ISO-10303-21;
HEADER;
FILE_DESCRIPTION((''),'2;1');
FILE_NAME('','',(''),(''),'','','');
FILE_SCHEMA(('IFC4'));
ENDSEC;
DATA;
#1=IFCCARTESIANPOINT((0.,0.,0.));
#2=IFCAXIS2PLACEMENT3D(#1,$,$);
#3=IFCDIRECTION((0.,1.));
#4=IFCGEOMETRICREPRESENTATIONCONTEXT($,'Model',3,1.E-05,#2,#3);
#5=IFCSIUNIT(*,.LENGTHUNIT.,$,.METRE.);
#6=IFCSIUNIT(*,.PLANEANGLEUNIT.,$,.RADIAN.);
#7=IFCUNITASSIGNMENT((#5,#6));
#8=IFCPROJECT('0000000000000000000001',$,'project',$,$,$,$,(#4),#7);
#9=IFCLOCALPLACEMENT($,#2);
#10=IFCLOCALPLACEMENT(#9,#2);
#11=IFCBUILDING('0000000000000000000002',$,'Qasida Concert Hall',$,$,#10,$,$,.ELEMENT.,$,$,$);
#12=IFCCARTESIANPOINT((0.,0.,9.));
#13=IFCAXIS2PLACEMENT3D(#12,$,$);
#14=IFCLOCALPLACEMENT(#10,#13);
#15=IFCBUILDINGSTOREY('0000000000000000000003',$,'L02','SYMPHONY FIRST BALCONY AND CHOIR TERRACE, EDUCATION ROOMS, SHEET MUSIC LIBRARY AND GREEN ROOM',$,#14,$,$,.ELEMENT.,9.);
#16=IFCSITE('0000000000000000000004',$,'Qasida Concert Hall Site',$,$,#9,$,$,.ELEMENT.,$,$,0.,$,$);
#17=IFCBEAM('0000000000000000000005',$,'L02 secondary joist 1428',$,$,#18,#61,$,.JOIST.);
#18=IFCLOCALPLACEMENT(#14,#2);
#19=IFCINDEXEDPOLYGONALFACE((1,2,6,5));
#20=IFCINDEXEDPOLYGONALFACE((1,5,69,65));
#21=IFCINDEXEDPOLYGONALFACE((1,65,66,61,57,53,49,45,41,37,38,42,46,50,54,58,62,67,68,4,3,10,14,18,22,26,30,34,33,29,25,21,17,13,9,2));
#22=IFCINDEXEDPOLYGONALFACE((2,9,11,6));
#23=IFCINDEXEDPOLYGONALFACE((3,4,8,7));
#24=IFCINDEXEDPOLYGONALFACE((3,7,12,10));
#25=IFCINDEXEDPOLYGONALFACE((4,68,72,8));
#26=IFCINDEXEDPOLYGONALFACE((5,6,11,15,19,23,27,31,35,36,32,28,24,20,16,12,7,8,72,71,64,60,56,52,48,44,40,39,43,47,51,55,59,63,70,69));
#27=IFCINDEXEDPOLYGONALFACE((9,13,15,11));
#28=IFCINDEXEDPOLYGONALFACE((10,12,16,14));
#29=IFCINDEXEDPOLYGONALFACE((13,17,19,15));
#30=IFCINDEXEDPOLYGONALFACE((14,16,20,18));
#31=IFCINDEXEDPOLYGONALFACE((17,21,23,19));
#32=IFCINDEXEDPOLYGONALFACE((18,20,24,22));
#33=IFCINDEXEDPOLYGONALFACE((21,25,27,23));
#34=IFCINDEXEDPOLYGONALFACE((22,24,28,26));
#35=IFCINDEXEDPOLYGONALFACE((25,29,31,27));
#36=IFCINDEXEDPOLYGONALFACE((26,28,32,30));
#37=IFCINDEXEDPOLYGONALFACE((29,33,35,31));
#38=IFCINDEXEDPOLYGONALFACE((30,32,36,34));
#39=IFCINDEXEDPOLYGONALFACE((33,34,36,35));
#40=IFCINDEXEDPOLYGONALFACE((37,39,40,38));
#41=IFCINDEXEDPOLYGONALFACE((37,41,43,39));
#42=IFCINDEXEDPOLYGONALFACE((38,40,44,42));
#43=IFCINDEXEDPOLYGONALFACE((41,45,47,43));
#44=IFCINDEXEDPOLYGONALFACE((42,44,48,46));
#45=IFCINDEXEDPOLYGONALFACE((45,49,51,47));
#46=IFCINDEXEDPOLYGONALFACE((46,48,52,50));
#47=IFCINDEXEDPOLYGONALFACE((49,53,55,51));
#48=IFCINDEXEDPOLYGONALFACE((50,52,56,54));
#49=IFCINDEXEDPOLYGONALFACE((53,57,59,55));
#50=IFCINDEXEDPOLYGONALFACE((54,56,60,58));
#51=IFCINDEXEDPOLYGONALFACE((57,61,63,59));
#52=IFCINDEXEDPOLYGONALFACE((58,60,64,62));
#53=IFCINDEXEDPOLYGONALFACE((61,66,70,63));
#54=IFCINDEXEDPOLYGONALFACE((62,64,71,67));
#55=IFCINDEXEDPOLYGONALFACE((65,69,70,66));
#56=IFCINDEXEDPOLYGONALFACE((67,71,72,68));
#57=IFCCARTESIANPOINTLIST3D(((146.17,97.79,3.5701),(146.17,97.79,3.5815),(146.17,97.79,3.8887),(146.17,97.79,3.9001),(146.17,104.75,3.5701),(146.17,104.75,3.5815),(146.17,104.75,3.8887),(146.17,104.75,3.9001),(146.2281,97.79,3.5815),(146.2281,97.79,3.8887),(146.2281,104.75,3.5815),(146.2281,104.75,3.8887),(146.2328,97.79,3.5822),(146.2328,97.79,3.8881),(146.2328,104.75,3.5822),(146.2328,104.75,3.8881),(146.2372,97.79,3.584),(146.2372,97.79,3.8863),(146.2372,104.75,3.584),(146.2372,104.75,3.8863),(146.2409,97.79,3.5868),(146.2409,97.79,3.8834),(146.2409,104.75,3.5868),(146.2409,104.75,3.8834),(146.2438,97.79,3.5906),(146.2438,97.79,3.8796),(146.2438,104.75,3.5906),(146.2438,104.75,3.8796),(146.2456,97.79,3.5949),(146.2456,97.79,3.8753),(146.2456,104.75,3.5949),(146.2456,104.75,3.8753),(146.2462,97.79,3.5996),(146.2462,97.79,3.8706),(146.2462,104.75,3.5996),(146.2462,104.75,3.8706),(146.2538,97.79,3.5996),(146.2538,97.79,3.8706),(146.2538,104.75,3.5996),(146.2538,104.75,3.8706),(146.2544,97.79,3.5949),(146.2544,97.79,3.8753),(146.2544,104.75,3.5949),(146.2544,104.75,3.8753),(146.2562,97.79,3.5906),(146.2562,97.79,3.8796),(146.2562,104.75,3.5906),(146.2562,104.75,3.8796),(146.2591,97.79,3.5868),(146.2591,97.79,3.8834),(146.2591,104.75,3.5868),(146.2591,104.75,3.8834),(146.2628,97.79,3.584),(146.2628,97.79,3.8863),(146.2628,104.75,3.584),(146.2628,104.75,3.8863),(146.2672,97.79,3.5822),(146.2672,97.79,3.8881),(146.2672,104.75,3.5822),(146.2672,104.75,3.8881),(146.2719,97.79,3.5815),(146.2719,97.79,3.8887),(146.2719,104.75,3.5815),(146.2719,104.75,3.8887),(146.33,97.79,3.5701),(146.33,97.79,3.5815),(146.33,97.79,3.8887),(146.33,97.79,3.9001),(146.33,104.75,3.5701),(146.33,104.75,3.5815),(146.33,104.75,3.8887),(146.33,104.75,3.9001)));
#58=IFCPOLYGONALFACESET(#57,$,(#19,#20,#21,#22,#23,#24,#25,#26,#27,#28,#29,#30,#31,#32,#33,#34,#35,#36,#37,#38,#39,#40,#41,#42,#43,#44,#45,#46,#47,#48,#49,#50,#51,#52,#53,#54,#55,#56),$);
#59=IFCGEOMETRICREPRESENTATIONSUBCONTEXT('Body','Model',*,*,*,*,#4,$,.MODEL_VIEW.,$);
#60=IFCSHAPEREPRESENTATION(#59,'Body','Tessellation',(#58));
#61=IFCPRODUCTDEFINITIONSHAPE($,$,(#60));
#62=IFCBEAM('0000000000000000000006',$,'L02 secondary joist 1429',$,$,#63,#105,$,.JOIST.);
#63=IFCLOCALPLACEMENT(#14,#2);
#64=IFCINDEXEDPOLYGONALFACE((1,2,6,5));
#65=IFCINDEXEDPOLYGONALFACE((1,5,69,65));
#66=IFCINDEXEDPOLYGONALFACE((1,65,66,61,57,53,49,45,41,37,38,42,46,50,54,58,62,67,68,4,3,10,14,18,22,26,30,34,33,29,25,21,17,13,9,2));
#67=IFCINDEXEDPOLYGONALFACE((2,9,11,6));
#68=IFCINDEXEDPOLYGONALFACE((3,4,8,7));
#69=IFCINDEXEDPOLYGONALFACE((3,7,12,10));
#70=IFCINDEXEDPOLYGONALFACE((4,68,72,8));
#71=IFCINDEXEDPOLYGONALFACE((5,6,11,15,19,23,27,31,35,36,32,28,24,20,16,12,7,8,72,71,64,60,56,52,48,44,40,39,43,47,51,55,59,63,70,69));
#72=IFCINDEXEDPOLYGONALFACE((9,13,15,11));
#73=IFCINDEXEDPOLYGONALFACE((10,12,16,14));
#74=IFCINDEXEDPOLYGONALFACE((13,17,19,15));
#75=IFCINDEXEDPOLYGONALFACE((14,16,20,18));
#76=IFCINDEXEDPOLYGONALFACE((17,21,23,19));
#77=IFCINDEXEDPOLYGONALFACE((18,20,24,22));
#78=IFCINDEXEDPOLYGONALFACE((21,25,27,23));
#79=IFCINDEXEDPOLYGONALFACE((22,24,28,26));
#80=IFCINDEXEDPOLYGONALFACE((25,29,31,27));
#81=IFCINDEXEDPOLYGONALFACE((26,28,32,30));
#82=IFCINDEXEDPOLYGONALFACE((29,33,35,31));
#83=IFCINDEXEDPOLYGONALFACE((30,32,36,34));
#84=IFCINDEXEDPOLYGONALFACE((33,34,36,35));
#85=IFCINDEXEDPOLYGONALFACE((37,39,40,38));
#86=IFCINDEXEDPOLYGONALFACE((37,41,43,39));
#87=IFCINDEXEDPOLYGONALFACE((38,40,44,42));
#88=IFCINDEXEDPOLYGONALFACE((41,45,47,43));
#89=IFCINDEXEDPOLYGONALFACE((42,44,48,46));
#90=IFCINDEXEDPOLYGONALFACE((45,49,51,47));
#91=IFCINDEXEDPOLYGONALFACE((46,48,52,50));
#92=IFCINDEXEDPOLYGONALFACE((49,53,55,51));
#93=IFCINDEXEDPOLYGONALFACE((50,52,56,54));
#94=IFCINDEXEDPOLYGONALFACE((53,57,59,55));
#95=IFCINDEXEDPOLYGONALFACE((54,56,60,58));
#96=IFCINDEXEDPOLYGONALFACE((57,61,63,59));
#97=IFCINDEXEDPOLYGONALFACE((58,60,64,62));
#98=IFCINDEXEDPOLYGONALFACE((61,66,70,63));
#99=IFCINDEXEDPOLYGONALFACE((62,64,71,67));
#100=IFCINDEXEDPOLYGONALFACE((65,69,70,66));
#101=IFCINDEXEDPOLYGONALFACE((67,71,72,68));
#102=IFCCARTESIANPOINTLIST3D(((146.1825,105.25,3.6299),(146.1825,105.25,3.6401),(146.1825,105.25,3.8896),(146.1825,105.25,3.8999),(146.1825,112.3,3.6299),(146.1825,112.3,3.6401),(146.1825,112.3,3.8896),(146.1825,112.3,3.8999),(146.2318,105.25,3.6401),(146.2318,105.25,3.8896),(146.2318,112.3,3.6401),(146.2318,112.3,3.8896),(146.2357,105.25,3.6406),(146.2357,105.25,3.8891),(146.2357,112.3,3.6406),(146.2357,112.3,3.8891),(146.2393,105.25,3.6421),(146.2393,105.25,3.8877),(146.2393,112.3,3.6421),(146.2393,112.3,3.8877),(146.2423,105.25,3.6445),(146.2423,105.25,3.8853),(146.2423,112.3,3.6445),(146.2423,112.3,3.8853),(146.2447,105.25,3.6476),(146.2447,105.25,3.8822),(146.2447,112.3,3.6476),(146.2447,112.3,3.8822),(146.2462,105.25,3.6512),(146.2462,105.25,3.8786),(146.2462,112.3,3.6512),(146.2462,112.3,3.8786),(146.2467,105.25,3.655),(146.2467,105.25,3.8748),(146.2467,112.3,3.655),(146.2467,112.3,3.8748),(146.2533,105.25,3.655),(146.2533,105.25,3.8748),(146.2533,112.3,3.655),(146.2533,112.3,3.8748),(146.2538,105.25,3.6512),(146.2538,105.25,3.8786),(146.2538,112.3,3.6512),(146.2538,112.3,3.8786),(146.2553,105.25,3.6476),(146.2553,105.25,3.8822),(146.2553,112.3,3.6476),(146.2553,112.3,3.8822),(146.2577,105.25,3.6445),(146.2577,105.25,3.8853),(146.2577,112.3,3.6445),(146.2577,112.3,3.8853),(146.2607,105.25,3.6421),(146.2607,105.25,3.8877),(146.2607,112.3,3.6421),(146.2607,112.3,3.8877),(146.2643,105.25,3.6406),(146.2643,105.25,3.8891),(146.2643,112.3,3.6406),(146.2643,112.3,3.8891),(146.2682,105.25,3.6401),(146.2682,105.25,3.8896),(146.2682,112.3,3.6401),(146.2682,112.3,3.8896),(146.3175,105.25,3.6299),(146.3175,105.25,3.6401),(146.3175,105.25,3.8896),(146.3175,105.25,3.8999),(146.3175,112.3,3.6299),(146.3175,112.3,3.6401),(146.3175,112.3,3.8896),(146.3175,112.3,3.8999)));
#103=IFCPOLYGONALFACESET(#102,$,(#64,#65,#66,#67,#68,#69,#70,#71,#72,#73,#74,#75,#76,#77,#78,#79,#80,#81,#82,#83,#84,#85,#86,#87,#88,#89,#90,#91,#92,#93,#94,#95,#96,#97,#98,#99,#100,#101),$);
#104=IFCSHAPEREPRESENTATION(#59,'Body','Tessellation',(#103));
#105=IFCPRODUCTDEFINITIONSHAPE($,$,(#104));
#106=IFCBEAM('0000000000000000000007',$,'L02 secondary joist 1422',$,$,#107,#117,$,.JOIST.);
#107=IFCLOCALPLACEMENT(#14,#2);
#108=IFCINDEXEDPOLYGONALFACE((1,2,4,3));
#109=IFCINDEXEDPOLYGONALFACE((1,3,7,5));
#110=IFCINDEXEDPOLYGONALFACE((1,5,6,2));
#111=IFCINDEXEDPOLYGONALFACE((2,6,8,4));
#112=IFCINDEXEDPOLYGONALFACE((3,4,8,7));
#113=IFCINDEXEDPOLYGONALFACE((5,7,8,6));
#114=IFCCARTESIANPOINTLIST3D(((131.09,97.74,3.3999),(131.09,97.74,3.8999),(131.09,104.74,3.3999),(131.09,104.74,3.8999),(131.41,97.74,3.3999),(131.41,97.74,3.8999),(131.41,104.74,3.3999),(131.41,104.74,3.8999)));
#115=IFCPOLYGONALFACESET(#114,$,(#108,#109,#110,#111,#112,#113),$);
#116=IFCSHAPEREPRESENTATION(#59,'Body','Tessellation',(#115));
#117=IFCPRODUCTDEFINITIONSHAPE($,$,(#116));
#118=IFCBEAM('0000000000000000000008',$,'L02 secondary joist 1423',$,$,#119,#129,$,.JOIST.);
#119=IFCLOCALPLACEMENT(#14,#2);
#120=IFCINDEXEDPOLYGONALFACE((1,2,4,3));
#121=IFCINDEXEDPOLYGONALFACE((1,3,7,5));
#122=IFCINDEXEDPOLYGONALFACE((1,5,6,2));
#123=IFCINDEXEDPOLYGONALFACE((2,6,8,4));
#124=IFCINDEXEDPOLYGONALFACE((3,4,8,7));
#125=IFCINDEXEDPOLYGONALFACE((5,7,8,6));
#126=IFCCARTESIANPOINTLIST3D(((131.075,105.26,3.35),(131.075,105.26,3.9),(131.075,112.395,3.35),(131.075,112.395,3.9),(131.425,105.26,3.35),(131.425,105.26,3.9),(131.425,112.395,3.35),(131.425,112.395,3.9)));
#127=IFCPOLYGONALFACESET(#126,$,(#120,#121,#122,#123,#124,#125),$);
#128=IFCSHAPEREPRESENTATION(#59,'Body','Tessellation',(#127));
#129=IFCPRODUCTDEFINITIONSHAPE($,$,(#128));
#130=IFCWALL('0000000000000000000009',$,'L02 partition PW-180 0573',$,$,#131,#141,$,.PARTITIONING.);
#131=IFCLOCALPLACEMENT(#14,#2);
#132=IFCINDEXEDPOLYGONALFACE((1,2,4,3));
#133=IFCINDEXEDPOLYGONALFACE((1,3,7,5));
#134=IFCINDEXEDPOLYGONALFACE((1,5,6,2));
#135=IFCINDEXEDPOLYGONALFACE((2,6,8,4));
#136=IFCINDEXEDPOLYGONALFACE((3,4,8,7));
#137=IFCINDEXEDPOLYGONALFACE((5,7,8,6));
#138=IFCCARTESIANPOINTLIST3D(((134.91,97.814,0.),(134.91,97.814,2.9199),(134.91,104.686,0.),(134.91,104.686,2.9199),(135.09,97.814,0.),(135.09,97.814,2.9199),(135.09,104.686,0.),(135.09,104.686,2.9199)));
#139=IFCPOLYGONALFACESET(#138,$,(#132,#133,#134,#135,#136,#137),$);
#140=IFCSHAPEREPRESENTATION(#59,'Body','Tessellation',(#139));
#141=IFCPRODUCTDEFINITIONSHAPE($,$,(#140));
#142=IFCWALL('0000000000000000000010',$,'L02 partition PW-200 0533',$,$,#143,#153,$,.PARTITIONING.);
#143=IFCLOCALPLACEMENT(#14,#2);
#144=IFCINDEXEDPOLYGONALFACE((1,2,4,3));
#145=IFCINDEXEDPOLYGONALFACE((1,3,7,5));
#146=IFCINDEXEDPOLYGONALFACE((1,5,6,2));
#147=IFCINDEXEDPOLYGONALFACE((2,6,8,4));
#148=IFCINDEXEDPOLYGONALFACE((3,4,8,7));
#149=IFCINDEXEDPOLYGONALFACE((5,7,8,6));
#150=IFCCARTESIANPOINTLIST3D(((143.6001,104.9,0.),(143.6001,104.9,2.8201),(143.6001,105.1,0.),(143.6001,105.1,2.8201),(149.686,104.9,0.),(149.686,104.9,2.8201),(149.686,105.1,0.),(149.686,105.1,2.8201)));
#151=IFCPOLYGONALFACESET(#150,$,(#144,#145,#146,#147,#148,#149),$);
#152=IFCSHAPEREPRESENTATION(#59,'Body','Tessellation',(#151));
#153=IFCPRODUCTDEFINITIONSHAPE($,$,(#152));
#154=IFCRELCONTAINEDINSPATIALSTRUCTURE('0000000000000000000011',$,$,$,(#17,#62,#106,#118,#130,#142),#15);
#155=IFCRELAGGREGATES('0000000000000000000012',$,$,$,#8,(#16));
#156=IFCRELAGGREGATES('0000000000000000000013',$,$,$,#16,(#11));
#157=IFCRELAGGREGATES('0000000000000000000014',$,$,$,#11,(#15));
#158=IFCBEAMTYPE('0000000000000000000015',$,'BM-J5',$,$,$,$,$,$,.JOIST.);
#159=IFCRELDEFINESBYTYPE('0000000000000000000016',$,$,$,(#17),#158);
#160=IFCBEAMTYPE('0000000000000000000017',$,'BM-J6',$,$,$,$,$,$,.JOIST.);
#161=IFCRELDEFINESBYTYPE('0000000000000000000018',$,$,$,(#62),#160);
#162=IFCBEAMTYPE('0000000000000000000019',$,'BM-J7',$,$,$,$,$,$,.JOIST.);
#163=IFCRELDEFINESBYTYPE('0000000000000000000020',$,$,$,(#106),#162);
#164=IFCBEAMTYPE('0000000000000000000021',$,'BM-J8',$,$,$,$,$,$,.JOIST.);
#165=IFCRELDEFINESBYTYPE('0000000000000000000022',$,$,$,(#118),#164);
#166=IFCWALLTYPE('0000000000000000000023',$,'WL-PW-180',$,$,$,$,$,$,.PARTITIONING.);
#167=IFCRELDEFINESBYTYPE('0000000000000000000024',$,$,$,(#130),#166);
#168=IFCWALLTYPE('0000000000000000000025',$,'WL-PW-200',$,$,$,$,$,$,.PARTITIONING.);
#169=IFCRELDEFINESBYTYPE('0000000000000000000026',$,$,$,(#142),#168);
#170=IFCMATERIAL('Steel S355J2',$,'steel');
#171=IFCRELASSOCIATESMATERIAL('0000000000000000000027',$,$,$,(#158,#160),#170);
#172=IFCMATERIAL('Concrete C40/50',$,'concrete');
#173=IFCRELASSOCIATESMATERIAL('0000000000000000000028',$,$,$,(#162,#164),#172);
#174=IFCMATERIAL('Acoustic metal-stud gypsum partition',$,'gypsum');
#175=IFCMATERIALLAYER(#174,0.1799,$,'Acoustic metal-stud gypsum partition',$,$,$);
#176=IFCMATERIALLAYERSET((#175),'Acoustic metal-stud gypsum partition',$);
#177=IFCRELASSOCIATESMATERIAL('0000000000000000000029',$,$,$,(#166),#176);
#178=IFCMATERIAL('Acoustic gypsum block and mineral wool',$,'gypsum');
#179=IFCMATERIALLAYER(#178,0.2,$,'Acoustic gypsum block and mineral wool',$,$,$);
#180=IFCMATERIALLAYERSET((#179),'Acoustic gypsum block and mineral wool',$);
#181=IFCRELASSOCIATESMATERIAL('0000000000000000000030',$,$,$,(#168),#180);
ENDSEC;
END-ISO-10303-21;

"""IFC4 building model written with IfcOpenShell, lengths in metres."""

from ifc_helpers import new_model, si_unit, direction, frame, frame_2d, origin, origin_2d, place, context, subcontext, project, spatial, rectangle, i_section, extrude, material, layer, layer_set, material_profile, profile_set, type_object, element, save


model = new_model("IFC4")

# Units and contexts
model_context = context("Model", 3, precision=1e-05, world=origin(), true_north=direction((0.0, 1.0)))
body_context = subcontext(model_context, "Body", "Model", "MODEL_VIEW")
ifc_project = project(units=[si_unit("LENGTHUNIT", "METRE"), si_unit("PLANEANGLEUNIT", "RADIAN")], contexts=[model_context])

# Site, building, storey
site_placement = place(None, origin())
site = spatial("IfcSite", under=ifc_project, at=site_placement, Name="Qasida Concert Hall Site", CompositionType="ELEMENT", RefElevation=0.0)
building_placement = place(site_placement, origin())
building = spatial("IfcBuilding", under=site, at=building_placement, Name="Qasida Concert Hall", CompositionType="ELEMENT")
storey_placement = place(building_placement, frame((0.0, 0.0, 9.0)))
storey = spatial("IfcBuildingStorey", under=building, at=storey_placement, Name="L02", Description="SYMPHONY FIRST BALCONY AND CHOIR TERRACE, EDUCATION ROOMS, SHEET MUSIC LIBRARY AND GREEN ROOM", CompositionType="ELEMENT", Elevation=9.0)

# Beams
ifc_material_1 = material(Name="Concrete C40/50", Category="concrete")
ifc_material_2 = material(Name="Steel S355J2", Category="steel")
ifc_material_profile_1 = material_profile(ifc_material_2, i_section(OverallWidth=0.1599, OverallDepth=0.3301, WebThickness=0.0076, FlangeThickness=0.0115, FilletRadius=0.0181, at=origin_2d()), Name="IPE 330")
ifc_profile_set_1 = profile_set([ifc_material_profile_1], Name="Steel S355J2")
beam_type_1 = type_object("IfcBeamType", Name="BM-J5", PredefinedType="JOIST", material=ifc_profile_set_1)
beam_1_placement = place(storey_placement, frame((146.25, 97.79, 3.7351), z_axis=(0.0, 1.0, 0.0), x_axis=(-1.0, 0.0, 0.0)))
element("IfcBeam", 1, at=beam_1_placement, inside=storey, type_object=beam_type_1, Name="L02 secondary joist 1428", PredefinedType="JOIST", context=body_context, shape_type="SweptSolid", body=[
    extrude(i_section(OverallWidth=0.1599, OverallDepth=0.3301, WebThickness=0.0076, FlangeThickness=0.0115, FilletRadius=0.0181, at=origin_2d()), origin(), (0.0, 0.0, 1.0), 6.96),
])
ifc_material_profile_2 = material_profile(ifc_material_2, i_section(OverallWidth=0.135, OverallDepth=0.27, WebThickness=0.0066, FlangeThickness=0.0103, FilletRadius=0.0149, at=origin_2d()), Name="IPE 270")
ifc_profile_set_2 = profile_set([ifc_material_profile_2], Name="Steel S355J2")
beam_type_2 = type_object("IfcBeamType", Name="BM-J6", PredefinedType="JOIST", material=ifc_profile_set_2)
beam_2_placement = place(storey_placement, frame((146.25, 105.25, 3.7649), z_axis=(0.0, 1.0, 0.0), x_axis=(-1.0, 0.0, 0.0)))
element("IfcBeam", 2, at=beam_2_placement, inside=storey, type_object=beam_type_2, Name="L02 secondary joist 1429", PredefinedType="JOIST", context=body_context, shape_type="SweptSolid", body=[
    extrude(i_section(OverallWidth=0.135, OverallDepth=0.27, WebThickness=0.0066, FlangeThickness=0.0103, FilletRadius=0.0149, at=origin_2d()), origin(), (0.0, 0.0, 1.0), 7.05),
])
ifc_material_profile_3 = material_profile(ifc_material_1, rectangle(XDim=0.3201, YDim=0.5, at=origin_2d()), Name="RC 320x500")
ifc_profile_set_3 = profile_set([ifc_material_profile_3], Name="Concrete C40/50")
beam_type_3 = type_object("IfcBeamType", Name="BM-J7", PredefinedType="JOIST", material=ifc_profile_set_3)
beam_3_placement = place(storey_placement, frame((131.25, 97.74, 3.6499), z_axis=(0.0, 1.0, 0.0), x_axis=(-1.0, 0.0, 0.0)))
element("IfcBeam", 3, at=beam_3_placement, inside=storey, type_object=beam_type_3, Name="L02 secondary joist 1422", PredefinedType="JOIST", context=body_context, shape_type="SweptSolid", body=[
    extrude(rectangle(XDim=0.3201, YDim=0.5, at=origin_2d()), origin(), (0.0, 0.0, 1.0), 7.0),
])
ifc_material_profile_4 = material_profile(ifc_material_1, rectangle(XDim=0.3501, YDim=0.55, at=origin_2d()), Name="RC 350x550")
ifc_profile_set_4 = profile_set([ifc_material_profile_4], Name="Concrete C40/50")
beam_type_4 = type_object("IfcBeamType", Name="BM-J8", PredefinedType="JOIST", material=ifc_profile_set_4)
beam_4_placement = place(storey_placement, frame((131.25, 105.26, 3.625), z_axis=(0.0, 1.0, 0.0), x_axis=(-1.0, 0.0, 0.0)))
element("IfcBeam", 4, at=beam_4_placement, inside=storey, type_object=beam_type_4, Name="L02 secondary joist 1423", PredefinedType="JOIST", context=body_context, shape_type="SweptSolid", body=[
    extrude(rectangle(XDim=0.3501, YDim=0.55, at=origin_2d()), origin(), (0.0, 0.0, 1.0), 7.135),
])

# Walls
ifc_material_3 = material(Name="Acoustic metal-stud gypsum partition", Category="gypsum")
ifc_layer_1 = layer(ifc_material_3, 0.1799, Name="Acoustic metal-stud gypsum partition")
ifc_layer_set_1 = layer_set([ifc_layer_1], Name="Acoustic metal-stud gypsum partition")
wall_type_1 = type_object("IfcWallType", Name="WL-PW-180", PredefinedType="PARTITIONING", material=ifc_layer_set_1)
wall_1_placement = place(storey_placement, frame((135.0, 97.814, 0.0), z_axis=(0.0, 0.0, 1.0), x_axis=(0.0, 1.0, 0.0)))
element("IfcWall", 5, at=wall_1_placement, inside=storey, type_object=wall_type_1, Name="L02 partition PW-180 0573", PredefinedType="PARTITIONING", context=body_context, shape_type="SweptSolid", body=[
    extrude(rectangle(XDim=6.8721, YDim=0.1799, at=frame_2d((3.436, 0.0))), origin(), (0.0, 0.0, 1.0), 2.9199),
])
ifc_material_4 = material(Name="Acoustic gypsum block and mineral wool", Category="gypsum")
ifc_layer_2 = layer(ifc_material_4, 0.2, Name="Acoustic gypsum block and mineral wool")
ifc_layer_set_2 = layer_set([ifc_layer_2], Name="Acoustic gypsum block and mineral wool")
wall_type_2 = type_object("IfcWallType", Name="WL-PW-200", PredefinedType="PARTITIONING", material=ifc_layer_set_2)
wall_2_placement = place(storey_placement, frame((143.6001, 105.0, 0.0), z_axis=(0.0, 0.0, 1.0), x_axis=(1.0, 0.0, 0.0)))
element("IfcWall", 6, at=wall_2_placement, inside=storey, type_object=wall_type_2, Name="L02 partition PW-200 0533", PredefinedType="PARTITIONING", context=body_context, shape_type="SweptSolid", body=[
    extrude(rectangle(XDim=6.0859, YDim=0.2, at=frame_2d((3.043, 0.0))), origin(), (0.0, 0.0, 1.0), 2.8201),
])

save(model, "model.ifc")
